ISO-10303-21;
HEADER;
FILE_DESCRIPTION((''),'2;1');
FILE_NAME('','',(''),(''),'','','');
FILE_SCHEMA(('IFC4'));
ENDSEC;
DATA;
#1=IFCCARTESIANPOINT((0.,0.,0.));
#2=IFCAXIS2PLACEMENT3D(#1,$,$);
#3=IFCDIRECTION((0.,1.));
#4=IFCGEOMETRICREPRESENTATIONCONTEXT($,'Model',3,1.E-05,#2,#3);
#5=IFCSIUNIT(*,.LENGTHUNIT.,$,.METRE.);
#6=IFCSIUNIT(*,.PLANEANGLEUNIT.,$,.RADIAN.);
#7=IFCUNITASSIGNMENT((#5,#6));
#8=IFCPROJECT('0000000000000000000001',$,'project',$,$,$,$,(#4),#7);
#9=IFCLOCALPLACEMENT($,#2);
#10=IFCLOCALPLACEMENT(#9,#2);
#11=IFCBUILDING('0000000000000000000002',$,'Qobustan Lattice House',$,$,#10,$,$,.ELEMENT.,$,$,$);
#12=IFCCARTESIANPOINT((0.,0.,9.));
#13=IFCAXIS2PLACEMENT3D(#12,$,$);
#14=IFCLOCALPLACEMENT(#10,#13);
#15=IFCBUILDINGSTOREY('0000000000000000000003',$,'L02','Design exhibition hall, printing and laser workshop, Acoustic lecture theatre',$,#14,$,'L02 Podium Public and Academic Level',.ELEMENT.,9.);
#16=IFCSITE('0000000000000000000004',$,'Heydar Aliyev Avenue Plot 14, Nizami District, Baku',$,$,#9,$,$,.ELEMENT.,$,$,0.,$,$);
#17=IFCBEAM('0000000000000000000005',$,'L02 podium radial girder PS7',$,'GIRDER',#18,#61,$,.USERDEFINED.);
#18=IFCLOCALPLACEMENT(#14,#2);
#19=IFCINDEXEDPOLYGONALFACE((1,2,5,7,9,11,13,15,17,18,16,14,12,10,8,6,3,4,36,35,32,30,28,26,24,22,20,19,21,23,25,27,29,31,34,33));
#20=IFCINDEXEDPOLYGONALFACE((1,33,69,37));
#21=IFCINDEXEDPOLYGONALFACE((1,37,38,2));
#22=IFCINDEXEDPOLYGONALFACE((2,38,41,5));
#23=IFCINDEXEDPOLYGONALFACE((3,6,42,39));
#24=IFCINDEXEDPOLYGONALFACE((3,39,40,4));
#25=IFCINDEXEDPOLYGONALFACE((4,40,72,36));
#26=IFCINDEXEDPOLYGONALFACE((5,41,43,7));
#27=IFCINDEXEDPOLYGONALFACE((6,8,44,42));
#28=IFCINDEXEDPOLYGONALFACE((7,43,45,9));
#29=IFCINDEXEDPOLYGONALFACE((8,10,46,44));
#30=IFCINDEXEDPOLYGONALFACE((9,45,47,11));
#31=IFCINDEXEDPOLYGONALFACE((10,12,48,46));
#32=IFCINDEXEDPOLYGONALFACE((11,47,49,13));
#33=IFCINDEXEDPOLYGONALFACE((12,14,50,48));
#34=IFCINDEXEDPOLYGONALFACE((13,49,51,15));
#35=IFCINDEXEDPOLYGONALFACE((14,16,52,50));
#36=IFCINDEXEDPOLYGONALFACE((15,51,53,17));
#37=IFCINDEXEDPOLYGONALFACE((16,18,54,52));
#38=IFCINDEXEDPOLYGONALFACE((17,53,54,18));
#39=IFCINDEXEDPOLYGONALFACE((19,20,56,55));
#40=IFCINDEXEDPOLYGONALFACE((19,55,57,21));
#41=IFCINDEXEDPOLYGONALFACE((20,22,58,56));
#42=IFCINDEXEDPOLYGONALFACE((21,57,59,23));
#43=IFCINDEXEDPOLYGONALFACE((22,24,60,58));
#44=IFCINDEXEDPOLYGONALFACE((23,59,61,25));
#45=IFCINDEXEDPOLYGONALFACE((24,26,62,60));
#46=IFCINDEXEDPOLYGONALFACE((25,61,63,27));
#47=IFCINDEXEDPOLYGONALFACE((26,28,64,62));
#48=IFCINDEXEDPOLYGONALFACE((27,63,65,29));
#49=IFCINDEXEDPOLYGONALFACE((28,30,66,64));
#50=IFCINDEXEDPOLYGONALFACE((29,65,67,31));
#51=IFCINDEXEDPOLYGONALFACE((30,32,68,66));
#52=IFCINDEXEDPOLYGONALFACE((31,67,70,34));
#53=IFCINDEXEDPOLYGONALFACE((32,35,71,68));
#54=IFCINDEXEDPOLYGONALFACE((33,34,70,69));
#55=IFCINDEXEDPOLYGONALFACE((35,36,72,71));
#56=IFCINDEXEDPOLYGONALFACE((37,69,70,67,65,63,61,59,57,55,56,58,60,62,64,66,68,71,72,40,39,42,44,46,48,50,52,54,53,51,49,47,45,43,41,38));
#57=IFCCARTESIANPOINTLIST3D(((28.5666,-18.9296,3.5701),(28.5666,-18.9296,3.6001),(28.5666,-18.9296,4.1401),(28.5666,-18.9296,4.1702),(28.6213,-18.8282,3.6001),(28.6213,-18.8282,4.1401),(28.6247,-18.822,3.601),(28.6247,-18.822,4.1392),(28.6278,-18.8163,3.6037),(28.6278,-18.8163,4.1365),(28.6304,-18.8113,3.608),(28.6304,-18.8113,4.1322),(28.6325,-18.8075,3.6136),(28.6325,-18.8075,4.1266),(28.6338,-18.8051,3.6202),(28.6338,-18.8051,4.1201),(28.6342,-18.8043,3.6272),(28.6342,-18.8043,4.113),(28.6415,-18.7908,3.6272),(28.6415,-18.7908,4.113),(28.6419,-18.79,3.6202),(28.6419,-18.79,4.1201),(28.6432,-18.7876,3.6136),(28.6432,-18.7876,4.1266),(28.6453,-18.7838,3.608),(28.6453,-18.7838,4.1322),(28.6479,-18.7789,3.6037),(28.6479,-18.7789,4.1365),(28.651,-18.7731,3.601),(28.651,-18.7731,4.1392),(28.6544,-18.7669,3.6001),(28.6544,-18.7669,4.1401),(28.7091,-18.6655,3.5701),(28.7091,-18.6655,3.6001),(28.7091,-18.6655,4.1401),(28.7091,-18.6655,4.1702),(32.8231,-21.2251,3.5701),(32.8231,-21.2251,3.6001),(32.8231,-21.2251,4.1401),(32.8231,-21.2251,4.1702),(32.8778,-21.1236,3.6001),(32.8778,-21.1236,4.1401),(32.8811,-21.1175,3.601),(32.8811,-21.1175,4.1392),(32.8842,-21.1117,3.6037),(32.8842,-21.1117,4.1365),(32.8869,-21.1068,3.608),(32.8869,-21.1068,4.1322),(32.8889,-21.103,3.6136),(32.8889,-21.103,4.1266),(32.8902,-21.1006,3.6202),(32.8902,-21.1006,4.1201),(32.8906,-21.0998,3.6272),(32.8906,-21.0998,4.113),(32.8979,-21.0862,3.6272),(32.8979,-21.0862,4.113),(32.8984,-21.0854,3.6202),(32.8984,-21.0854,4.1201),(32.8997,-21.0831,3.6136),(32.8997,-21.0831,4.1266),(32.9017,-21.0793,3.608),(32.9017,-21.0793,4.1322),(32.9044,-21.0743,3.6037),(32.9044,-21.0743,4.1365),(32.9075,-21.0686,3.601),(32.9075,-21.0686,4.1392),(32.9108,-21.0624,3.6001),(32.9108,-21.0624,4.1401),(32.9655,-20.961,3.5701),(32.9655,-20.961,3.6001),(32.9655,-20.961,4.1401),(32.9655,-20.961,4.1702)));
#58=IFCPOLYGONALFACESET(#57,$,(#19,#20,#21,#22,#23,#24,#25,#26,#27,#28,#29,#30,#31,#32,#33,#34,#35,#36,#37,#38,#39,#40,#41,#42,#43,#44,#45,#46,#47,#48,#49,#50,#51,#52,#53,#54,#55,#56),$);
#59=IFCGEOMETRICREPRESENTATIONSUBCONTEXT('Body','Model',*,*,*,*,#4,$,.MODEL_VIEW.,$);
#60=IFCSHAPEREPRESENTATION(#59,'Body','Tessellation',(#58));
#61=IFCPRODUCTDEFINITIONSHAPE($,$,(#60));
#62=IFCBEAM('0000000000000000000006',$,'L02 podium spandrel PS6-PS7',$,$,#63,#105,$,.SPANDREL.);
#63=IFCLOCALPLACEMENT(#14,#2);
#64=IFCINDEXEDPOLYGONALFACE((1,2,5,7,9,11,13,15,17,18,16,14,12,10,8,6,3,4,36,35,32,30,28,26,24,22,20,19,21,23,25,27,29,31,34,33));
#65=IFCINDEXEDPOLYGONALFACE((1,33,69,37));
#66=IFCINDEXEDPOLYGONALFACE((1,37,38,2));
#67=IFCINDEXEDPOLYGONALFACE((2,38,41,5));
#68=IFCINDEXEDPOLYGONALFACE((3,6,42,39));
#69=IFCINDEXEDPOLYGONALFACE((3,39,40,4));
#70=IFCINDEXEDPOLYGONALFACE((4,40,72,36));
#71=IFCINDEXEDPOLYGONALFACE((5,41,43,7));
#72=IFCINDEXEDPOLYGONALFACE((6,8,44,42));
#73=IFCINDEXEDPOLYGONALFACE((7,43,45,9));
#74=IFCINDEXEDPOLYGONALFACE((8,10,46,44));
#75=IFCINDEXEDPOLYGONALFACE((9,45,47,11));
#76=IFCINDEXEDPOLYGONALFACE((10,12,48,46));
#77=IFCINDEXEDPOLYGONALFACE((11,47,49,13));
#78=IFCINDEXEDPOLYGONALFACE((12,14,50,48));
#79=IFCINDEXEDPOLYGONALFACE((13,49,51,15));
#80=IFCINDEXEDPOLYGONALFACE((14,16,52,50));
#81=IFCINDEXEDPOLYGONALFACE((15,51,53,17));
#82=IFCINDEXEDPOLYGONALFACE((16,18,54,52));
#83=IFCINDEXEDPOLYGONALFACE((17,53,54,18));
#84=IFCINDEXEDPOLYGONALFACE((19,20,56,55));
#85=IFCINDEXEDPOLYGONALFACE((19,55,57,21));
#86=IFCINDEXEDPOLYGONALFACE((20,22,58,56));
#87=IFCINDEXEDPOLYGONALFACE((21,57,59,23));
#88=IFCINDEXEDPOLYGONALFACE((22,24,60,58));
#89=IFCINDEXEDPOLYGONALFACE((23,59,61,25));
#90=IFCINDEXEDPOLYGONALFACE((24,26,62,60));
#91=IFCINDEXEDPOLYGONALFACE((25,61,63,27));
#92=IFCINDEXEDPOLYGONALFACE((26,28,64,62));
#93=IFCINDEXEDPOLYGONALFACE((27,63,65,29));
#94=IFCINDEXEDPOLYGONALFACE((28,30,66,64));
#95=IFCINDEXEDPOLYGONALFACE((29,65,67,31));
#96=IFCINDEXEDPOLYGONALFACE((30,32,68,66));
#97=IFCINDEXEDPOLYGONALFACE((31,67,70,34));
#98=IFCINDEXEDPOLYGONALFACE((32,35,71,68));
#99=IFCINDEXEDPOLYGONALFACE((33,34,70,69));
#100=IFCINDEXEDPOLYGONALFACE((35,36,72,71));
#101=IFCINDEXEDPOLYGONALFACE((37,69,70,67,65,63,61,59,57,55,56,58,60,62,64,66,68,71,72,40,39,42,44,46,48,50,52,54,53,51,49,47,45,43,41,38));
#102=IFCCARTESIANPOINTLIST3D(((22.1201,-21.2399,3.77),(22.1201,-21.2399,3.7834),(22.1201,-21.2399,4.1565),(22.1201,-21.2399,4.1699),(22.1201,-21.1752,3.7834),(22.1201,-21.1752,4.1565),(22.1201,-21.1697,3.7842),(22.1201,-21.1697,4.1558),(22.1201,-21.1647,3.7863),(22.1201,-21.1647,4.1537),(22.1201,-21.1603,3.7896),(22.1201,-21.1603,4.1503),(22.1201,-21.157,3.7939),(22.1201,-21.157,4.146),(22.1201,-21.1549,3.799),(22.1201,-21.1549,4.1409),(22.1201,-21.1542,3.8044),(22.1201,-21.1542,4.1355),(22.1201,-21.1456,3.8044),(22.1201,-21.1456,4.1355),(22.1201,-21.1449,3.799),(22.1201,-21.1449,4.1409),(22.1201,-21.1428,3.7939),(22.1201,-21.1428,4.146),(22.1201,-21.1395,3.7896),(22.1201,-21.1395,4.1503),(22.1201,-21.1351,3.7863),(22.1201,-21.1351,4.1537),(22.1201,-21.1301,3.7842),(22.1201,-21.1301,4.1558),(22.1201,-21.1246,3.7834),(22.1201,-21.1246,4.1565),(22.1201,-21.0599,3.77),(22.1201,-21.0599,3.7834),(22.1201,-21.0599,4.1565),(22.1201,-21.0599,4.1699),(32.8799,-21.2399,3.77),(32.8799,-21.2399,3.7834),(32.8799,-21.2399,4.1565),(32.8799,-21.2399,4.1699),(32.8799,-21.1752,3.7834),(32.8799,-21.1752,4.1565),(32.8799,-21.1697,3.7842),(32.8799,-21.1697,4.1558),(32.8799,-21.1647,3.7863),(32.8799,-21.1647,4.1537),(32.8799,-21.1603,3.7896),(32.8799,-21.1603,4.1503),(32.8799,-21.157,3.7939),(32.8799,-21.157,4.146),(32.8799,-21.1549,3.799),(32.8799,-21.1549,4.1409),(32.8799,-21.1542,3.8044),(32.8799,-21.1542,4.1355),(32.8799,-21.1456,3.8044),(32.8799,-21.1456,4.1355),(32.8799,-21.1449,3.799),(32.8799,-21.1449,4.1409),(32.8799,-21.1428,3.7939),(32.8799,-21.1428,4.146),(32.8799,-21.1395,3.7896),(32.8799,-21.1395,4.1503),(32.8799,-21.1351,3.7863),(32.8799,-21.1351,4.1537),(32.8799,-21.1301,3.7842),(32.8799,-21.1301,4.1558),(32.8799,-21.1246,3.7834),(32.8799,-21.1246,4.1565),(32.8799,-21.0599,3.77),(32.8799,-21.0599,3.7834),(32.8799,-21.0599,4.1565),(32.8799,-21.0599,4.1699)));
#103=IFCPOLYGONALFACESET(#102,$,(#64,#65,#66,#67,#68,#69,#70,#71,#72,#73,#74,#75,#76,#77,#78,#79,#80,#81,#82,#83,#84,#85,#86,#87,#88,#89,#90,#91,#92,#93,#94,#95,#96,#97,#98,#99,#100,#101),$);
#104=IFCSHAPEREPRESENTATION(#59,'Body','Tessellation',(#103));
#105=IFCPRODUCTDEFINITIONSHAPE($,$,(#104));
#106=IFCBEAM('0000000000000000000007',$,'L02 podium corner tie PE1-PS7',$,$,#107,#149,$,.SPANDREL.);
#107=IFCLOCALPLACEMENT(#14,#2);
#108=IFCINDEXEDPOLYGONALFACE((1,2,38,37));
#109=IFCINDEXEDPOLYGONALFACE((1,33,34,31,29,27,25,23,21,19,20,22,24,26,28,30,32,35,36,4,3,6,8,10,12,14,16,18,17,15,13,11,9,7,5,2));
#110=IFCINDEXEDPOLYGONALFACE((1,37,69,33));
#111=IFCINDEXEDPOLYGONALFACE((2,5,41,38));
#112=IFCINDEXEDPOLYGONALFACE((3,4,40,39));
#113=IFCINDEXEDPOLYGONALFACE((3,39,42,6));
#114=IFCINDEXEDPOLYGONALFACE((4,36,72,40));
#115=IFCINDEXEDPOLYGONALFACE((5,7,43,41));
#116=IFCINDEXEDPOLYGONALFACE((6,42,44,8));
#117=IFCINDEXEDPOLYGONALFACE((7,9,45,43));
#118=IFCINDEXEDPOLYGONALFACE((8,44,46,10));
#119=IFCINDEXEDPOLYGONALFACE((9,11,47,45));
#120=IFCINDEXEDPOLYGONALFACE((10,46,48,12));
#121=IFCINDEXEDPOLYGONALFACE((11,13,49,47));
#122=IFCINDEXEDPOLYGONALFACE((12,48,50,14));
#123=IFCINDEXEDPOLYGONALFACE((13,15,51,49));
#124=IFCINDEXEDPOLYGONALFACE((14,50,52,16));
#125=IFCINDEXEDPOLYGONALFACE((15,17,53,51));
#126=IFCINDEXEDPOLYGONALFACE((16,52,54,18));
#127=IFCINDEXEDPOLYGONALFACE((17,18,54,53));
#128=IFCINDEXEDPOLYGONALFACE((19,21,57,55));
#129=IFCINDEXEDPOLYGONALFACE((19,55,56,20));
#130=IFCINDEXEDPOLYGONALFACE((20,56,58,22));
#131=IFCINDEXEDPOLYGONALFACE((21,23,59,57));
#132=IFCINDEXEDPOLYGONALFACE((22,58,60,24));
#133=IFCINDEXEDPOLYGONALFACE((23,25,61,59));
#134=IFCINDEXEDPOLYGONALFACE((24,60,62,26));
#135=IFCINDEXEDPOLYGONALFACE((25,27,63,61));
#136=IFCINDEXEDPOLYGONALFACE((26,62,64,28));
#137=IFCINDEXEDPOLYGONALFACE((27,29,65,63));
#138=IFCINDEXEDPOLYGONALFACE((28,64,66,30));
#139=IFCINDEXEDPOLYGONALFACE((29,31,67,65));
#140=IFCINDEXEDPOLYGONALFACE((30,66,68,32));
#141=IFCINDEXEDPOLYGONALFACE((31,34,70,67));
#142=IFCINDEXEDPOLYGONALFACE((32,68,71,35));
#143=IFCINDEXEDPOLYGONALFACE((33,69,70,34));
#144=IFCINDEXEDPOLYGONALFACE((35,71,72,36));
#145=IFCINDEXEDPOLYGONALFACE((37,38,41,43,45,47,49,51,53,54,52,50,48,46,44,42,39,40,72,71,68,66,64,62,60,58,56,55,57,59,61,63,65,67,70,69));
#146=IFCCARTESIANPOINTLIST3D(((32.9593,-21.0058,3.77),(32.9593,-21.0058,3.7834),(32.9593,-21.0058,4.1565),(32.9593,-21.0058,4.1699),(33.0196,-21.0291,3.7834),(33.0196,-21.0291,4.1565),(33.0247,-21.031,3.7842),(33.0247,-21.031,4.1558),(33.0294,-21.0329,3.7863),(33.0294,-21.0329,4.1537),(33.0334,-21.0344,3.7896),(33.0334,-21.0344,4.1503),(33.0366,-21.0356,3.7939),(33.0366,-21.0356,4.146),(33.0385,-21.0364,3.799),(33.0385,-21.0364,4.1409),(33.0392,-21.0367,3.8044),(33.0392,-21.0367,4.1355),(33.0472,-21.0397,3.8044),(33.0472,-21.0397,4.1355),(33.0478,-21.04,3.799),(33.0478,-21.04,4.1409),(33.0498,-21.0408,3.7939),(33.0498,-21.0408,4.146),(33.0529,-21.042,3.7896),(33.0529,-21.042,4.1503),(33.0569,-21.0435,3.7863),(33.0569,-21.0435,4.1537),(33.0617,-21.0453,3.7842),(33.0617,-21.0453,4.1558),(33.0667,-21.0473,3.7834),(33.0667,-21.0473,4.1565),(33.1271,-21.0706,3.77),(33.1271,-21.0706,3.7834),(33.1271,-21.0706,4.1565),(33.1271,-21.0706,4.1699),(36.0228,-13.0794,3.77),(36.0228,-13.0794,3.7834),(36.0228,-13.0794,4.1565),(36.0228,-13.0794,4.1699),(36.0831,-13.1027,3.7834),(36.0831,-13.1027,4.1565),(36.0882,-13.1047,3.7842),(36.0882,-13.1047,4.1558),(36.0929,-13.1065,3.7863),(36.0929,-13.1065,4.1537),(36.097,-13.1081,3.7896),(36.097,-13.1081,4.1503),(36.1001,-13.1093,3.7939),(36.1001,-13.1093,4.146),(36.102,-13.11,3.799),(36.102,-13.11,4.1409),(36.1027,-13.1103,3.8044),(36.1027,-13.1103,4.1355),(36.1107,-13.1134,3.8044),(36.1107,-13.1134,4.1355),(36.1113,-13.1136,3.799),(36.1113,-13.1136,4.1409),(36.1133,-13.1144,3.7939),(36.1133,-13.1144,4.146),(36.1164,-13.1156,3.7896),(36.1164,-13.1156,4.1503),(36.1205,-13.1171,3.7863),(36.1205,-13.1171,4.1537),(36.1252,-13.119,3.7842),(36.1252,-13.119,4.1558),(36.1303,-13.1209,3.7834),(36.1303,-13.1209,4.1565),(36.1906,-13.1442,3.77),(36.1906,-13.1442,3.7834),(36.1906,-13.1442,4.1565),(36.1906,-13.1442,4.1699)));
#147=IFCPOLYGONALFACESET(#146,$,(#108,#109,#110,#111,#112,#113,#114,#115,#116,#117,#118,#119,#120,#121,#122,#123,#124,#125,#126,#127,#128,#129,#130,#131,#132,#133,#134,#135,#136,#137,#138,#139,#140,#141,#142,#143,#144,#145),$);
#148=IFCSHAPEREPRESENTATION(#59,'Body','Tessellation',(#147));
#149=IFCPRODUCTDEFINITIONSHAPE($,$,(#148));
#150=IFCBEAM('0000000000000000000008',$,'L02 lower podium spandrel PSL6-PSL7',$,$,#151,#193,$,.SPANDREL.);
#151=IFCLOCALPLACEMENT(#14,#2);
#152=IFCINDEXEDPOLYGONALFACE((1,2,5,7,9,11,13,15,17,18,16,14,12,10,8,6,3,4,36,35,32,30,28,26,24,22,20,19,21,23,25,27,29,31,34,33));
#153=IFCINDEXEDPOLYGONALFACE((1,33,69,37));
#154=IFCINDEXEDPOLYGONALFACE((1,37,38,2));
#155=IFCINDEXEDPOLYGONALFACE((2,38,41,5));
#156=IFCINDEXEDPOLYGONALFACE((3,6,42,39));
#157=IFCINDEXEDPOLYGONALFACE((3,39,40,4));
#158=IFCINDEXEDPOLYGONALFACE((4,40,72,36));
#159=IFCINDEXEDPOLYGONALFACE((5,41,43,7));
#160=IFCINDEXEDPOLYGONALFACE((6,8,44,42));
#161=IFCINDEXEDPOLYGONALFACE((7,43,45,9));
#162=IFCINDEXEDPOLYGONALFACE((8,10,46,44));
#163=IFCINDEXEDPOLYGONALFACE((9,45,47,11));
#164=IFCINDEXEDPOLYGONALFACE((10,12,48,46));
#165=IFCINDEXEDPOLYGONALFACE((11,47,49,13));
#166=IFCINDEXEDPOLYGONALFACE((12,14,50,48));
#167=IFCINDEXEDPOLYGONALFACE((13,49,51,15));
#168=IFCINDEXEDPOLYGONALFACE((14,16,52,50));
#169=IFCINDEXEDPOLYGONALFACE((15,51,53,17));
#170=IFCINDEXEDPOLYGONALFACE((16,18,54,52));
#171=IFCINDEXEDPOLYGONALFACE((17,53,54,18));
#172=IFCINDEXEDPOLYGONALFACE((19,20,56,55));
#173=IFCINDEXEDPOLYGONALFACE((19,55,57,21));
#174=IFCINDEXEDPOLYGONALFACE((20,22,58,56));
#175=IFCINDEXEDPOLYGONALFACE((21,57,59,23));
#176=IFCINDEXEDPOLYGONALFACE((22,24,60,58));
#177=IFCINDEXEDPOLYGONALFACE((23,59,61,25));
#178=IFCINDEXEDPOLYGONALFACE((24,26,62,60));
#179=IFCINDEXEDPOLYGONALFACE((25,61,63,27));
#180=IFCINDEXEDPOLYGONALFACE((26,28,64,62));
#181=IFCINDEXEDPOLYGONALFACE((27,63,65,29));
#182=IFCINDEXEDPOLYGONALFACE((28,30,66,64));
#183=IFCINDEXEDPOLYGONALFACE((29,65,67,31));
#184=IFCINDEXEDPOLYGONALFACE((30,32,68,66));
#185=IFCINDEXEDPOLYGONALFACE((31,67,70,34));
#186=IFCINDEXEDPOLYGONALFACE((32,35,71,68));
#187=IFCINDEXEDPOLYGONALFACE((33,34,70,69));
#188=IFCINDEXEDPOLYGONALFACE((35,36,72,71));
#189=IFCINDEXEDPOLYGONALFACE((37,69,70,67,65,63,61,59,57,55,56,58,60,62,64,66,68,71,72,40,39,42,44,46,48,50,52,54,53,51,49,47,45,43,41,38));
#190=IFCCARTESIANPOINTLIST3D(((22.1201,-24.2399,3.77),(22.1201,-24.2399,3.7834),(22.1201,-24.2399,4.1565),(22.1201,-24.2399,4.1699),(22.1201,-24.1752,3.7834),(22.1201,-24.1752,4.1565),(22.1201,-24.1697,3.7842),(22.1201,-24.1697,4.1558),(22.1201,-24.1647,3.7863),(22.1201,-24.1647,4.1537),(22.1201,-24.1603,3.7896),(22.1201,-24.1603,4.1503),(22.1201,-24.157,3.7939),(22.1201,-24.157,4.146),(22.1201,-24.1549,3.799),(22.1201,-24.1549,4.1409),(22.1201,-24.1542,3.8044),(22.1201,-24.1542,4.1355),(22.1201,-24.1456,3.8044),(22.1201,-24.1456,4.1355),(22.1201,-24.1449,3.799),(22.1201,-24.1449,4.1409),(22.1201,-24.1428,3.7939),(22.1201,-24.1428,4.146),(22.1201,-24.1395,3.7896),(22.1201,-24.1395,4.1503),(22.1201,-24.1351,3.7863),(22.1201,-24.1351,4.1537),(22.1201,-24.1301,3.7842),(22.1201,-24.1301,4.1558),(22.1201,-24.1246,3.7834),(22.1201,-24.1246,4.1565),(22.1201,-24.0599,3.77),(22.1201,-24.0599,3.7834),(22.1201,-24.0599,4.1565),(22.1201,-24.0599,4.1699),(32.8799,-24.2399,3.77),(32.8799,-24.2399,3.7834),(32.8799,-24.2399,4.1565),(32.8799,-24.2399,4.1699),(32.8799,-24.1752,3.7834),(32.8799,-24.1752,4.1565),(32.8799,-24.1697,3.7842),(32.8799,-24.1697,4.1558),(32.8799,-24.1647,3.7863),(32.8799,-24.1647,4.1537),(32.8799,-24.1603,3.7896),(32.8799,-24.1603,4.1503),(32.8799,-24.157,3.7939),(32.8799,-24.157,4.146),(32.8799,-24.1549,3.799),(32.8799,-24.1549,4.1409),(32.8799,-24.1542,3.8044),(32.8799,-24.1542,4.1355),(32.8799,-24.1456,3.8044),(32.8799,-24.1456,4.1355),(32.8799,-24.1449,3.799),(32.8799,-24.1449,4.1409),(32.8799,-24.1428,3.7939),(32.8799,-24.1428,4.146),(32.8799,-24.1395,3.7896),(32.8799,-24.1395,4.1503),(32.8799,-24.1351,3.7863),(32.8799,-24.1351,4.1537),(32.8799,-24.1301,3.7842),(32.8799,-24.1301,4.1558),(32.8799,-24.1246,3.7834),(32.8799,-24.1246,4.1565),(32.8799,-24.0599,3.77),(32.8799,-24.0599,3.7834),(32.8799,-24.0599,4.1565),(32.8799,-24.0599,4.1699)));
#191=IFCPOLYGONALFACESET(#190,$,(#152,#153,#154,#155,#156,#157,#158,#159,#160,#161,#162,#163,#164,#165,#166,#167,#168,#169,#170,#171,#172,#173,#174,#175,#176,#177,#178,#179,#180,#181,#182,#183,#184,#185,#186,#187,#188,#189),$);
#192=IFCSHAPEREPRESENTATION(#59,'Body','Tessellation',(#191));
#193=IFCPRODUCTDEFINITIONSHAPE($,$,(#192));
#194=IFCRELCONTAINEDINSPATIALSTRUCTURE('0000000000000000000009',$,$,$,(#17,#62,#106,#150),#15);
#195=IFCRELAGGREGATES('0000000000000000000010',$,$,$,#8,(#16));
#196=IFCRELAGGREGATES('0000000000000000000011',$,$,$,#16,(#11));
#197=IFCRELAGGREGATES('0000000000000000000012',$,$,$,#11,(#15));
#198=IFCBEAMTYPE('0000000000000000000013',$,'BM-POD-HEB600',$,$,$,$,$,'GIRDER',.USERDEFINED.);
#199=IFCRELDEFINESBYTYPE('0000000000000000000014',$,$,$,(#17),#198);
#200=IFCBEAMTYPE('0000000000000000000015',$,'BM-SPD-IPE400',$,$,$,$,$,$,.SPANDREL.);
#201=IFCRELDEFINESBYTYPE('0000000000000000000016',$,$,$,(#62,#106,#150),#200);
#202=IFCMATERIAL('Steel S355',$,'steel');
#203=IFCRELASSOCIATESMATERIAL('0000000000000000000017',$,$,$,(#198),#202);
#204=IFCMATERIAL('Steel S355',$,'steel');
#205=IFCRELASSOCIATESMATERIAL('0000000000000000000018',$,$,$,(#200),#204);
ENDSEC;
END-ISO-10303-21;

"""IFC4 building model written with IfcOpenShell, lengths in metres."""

from ifc_helpers import new_model, si_unit, direction, frame, origin, origin_2d, place, context, subcontext, project, spatial, i_section, extrude, material, material_profile, profile_set, type_object, element, save


model = new_model("IFC4")

# Units and contexts
model_context = context("Model", 3, precision=1e-05, world=origin(), true_north=direction((0.0, 1.0)))
body_context = subcontext(model_context, "Body", "Model", "MODEL_VIEW")
ifc_project = project(units=[si_unit("LENGTHUNIT", "METRE"), si_unit("PLANEANGLEUNIT", "RADIAN")], contexts=[model_context])

# Site, building, storey
site_placement = place(None, origin())
site = spatial("IfcSite", under=ifc_project, at=site_placement, Name="Heydar Aliyev Avenue Plot 14, Nizami District, Baku", CompositionType="ELEMENT", RefElevation=0.0)
building_placement = place(site_placement, origin())
building = spatial("IfcBuilding", under=site, at=building_placement, Name="Qobustan Lattice House", CompositionType="ELEMENT")
storey_placement = place(building_placement, frame((0.0, 0.0, 9.0)))
storey = spatial("IfcBuildingStorey", under=building, at=storey_placement, Name="L02", Description="Design exhibition hall, printing and laser workshop, Acoustic lecture theatre", LongName="L02 Podium Public and Academic Level", CompositionType="ELEMENT", Elevation=9.0)

# Beams
ifc_material_1 = material(Name="Steel S355", Category="steel")
ifc_material_profile_1 = material_profile(ifc_material_1, i_section(OverallWidth=0.3, OverallDepth=0.6001, WebThickness=0.0154, FlangeThickness=0.03, FilletRadius=0.0271, at=origin_2d()), Name="HEB600")
ifc_profile_set_1 = profile_set([ifc_material_profile_1], Name="Steel S355")
beam_type_1 = type_object("IfcBeamType", Name="BM-POD-HEB600", ElementType="GIRDER", PredefinedType="USERDEFINED", material=ifc_profile_set_1)
beam_1_placement = place(storey_placement, frame((32.8943, -21.093, 3.8701), z_axis=(-0.880166, 0.474666, 0.0), x_axis=(-0.474666, -0.880166, 0.0)))
element("IfcBeam", 1, at=beam_1_placement, inside=storey, type_object=beam_type_1, Name="L02 podium radial girder PS7", ObjectType="GIRDER", PredefinedType="USERDEFINED", context=body_context, shape_type="SweptSolid", body=[
    extrude(i_section(OverallWidth=0.3, OverallDepth=0.6001, WebThickness=0.0154, FlangeThickness=0.03, FilletRadius=0.0271, at=origin_2d()), origin(), (0.0, 0.0, 1.0), 4.8359),
])
ifc_material_2 = material(Name="Steel S355", Category="steel")
ifc_material_profile_2 = material_profile(ifc_material_2, i_section(OverallWidth=0.1799, OverallDepth=0.3999, WebThickness=0.0085, FlangeThickness=0.0134, FilletRadius=0.021, at=origin_2d()), Name="IPE400")
ifc_profile_set_2 = profile_set([ifc_material_profile_2], Name="Steel S355")
beam_type_2 = type_object("IfcBeamType", Name="BM-SPD-IPE400", PredefinedType="SPANDREL", material=ifc_profile_set_2)
beam_2_placement = place(storey_placement, frame((22.1201, -21.1499, 3.97), z_axis=(1.0, 0.0, 0.0), x_axis=(0.0, 1.0, 0.0)))
element("IfcBeam", 2, at=beam_2_placement, inside=storey, type_object=beam_type_2, Name="L02 podium spandrel PS6-PS7", PredefinedType="SPANDREL", context=body_context, shape_type="SweptSolid", body=[
    extrude(i_section(OverallWidth=0.1799, OverallDepth=0.3999, WebThickness=0.0085, FlangeThickness=0.0134, FilletRadius=0.021, at=origin_2d()), origin(), (0.0, 0.0, 1.0), 10.7598),
])
beam_3_placement = place(storey_placement, frame((36.1067, -13.1118, 3.97), z_axis=(-0.360507, -0.932756, 0.0), x_axis=(0.932756, -0.360507, 0.0)))
element("IfcBeam", 3, at=beam_3_placement, inside=storey, type_object=beam_type_2, Name="L02 podium corner tie PE1-PS7", PredefinedType="SPANDREL", context=body_context, shape_type="SweptSolid", body=[
    extrude(i_section(OverallWidth=0.1799, OverallDepth=0.3999, WebThickness=0.0085, FlangeThickness=0.0134, FilletRadius=0.021, at=origin_2d()), origin(), (0.0, 0.0, 1.0), 8.4978),
])
beam_4_placement = place(storey_placement, frame((22.1201, -24.1499, 3.97), z_axis=(1.0, 0.0, 0.0), x_axis=(0.0, 1.0, 0.0)))
element("IfcBeam", 4, at=beam_4_placement, inside=storey, type_object=beam_type_2, Name="L02 lower podium spandrel PSL6-PSL7", PredefinedType="SPANDREL", context=body_context, shape_type="SweptSolid", body=[
    extrude(i_section(OverallWidth=0.1799, OverallDepth=0.3999, WebThickness=0.0085, FlangeThickness=0.0134, FilletRadius=0.021, at=origin_2d()), origin(), (0.0, 0.0, 1.0), 10.7598),
])

save(model, "model.ifc")
